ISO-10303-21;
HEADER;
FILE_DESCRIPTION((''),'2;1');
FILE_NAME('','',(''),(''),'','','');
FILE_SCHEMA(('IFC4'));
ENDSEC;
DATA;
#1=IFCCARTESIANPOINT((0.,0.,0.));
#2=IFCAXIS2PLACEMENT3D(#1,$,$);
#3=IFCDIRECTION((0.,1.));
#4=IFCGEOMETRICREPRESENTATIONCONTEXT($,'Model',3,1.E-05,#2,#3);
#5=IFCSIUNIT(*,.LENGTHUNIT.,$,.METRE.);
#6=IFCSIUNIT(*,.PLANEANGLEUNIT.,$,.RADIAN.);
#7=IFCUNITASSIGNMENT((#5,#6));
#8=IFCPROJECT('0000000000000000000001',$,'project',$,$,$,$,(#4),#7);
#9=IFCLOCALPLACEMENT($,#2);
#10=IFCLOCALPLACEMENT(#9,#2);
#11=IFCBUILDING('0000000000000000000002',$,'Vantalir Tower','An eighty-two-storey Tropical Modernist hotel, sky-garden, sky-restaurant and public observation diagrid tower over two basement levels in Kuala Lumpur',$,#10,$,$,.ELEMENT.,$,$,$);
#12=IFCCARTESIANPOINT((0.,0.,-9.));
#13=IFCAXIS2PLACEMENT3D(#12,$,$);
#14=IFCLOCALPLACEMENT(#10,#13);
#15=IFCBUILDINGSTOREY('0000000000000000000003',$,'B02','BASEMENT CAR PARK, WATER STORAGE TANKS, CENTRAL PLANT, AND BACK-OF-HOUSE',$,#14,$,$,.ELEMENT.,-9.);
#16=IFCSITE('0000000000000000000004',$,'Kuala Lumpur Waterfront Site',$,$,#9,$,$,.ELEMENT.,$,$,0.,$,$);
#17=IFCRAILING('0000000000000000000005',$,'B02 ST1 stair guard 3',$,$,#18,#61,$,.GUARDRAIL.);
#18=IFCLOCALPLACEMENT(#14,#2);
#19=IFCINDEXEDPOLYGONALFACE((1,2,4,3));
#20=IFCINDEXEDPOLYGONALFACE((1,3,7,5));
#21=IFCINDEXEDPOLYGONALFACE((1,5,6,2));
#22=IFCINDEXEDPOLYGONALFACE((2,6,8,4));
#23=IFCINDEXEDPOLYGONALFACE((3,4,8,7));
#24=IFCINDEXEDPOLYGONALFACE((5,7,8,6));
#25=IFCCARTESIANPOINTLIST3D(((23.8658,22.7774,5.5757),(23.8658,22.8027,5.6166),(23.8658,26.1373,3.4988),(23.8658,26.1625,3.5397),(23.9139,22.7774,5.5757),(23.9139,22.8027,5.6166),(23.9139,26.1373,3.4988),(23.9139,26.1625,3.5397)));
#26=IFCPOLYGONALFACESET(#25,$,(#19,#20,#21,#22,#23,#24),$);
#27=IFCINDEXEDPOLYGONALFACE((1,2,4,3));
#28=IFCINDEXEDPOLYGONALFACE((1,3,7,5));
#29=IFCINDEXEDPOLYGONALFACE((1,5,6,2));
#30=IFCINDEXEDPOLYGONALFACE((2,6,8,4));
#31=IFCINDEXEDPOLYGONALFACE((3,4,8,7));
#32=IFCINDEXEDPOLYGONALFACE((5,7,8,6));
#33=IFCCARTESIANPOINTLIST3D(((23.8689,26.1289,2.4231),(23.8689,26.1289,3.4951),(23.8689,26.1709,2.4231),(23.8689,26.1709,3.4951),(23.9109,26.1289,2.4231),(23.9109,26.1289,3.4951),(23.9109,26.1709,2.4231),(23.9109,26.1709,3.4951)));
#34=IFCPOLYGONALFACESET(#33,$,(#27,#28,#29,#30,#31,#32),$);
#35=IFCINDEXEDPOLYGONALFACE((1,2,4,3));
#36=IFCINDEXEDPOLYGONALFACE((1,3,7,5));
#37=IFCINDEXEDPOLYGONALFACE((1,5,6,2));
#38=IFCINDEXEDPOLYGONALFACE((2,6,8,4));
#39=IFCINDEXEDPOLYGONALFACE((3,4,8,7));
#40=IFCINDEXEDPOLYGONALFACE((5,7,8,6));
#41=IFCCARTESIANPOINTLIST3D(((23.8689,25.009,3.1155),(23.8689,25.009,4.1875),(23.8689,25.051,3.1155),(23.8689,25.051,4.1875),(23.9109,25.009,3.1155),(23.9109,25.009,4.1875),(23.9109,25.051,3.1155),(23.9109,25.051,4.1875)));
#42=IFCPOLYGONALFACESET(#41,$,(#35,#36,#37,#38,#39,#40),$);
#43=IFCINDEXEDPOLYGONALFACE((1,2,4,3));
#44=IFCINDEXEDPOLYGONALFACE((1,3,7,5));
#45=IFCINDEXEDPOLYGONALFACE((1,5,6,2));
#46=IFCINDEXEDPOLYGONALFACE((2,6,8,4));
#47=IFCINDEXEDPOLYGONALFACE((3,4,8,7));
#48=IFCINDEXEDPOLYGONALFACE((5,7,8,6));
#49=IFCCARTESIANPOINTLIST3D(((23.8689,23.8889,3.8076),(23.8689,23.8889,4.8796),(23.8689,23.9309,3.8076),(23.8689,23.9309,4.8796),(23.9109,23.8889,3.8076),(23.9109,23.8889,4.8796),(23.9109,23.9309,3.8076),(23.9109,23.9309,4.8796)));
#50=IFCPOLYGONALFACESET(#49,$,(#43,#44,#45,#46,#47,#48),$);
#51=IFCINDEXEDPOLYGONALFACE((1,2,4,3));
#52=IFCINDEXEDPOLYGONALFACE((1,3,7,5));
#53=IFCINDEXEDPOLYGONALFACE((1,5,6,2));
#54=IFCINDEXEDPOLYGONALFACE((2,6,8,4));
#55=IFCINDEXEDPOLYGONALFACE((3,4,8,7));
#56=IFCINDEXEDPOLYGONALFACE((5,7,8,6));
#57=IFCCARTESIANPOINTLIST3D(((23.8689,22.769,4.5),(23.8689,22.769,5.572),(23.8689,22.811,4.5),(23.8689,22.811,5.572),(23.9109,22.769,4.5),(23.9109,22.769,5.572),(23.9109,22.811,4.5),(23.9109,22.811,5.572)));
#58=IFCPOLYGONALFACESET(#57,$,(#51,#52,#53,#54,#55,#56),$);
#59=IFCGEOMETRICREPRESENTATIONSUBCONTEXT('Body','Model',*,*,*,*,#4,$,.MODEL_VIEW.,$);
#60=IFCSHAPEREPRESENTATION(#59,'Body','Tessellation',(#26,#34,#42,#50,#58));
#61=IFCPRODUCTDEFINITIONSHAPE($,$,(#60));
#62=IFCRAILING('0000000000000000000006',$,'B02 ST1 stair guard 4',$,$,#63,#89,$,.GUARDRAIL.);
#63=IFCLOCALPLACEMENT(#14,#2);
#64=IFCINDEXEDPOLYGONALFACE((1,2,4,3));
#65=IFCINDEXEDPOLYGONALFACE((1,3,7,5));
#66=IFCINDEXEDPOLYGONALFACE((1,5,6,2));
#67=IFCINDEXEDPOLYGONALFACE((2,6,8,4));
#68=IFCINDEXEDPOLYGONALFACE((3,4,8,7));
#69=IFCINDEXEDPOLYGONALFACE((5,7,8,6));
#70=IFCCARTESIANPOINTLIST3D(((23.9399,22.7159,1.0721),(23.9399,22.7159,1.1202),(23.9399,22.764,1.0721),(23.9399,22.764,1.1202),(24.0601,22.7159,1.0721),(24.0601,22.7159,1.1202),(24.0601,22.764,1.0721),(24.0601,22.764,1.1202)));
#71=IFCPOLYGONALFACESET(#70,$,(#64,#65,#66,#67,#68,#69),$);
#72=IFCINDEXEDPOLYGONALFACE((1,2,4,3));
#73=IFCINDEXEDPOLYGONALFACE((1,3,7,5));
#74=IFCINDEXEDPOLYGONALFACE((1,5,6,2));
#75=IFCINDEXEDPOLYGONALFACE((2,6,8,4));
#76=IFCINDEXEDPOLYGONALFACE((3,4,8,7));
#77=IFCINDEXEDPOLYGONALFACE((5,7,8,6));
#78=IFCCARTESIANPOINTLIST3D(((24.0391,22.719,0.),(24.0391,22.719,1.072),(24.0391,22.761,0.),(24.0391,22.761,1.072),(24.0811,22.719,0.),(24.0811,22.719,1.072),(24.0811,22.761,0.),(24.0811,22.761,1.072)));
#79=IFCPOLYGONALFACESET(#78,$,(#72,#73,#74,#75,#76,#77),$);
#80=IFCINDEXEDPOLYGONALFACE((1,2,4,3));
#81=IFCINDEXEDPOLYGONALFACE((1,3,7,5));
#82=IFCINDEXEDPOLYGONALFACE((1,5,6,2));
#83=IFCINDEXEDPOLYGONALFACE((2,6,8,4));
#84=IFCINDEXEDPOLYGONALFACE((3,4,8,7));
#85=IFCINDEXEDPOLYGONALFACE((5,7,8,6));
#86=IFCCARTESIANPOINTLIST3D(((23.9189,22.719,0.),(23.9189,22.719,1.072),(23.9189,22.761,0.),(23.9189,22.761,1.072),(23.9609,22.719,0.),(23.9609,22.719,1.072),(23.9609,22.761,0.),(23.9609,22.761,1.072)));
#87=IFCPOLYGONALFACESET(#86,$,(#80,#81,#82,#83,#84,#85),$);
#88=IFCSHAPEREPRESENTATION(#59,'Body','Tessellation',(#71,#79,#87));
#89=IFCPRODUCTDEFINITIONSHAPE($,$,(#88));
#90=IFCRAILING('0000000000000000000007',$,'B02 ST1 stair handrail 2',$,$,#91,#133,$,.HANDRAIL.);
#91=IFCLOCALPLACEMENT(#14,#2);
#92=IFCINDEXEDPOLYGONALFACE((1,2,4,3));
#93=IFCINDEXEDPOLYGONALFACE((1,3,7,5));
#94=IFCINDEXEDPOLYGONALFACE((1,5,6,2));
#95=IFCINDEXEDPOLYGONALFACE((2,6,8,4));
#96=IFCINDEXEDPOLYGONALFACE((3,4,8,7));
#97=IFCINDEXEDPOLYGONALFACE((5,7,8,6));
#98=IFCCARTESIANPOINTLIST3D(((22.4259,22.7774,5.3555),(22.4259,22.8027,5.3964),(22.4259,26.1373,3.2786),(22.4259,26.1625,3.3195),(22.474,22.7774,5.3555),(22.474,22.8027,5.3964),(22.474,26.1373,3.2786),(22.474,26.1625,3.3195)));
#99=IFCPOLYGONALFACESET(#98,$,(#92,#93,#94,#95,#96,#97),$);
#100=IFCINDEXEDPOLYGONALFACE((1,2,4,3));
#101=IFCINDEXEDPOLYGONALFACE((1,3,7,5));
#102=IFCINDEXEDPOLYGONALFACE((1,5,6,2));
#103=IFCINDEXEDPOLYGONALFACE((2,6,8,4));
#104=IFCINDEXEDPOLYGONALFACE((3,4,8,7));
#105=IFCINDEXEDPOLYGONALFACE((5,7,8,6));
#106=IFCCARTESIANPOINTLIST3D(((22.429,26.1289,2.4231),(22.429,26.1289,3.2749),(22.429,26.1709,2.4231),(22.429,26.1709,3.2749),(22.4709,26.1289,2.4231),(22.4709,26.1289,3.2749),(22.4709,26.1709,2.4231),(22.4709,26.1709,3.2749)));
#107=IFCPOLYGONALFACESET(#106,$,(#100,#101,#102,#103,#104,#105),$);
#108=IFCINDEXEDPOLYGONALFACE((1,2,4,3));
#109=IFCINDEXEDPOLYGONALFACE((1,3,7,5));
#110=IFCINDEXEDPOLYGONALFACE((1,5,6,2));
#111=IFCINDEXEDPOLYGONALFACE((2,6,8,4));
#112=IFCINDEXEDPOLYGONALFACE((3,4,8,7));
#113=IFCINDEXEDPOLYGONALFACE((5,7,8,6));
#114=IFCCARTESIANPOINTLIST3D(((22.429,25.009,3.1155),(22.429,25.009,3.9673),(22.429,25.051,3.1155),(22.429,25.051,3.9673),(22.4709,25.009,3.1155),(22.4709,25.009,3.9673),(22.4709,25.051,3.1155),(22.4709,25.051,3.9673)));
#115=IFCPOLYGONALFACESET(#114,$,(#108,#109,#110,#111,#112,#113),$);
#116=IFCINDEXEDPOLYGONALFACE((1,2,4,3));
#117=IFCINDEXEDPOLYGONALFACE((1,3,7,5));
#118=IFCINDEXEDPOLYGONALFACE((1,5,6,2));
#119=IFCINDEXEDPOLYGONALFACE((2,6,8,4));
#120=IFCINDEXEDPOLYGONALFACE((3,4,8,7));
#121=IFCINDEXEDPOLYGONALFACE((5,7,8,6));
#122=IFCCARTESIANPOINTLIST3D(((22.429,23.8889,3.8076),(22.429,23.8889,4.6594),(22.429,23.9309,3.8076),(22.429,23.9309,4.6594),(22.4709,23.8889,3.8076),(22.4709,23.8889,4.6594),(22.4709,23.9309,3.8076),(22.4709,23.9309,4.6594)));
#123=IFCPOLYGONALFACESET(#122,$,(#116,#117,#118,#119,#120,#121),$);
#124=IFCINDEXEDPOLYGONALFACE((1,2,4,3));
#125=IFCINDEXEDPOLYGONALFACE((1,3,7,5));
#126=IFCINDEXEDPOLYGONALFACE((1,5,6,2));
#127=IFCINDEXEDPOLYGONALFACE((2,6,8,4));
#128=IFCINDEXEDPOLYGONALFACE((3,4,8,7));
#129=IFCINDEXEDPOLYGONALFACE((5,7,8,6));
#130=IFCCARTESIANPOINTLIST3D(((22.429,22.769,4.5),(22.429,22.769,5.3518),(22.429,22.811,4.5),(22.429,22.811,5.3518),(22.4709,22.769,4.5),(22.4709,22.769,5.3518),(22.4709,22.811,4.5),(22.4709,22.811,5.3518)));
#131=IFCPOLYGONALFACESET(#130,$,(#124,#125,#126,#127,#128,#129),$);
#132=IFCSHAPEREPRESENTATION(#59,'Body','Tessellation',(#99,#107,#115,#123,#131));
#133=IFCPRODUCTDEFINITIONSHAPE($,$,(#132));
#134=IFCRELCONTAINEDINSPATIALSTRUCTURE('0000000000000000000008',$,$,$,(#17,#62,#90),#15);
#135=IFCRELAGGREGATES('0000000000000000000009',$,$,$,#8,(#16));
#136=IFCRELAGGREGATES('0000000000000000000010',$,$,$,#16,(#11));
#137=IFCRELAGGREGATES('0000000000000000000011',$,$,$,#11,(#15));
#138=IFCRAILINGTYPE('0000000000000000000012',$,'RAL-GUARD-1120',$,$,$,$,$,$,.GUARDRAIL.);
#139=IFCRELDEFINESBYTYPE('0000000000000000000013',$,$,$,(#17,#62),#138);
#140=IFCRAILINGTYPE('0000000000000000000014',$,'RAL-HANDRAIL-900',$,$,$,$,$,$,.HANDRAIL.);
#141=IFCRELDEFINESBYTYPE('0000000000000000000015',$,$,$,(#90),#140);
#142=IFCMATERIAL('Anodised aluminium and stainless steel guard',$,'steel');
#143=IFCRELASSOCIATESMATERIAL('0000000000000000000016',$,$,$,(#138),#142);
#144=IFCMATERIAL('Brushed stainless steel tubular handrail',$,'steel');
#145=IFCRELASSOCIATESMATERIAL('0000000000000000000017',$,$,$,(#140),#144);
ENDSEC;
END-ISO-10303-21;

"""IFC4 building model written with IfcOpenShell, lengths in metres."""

from ifc_helpers import new_model, si_unit, direction, frame, origin, origin_2d, place, context, subcontext, project, spatial, rectangle, extrude, material, type_object, element, save


model = new_model("IFC4")

# Units and contexts
model_context = context("Model", 3, precision=1e-05, world=origin(), true_north=direction((0.0, 1.0)))
body_context = subcontext(model_context, "Body", "Model", "MODEL_VIEW")
ifc_project = project(units=[si_unit("LENGTHUNIT", "METRE"), si_unit("PLANEANGLEUNIT", "RADIAN")], contexts=[model_context])

# Site, building, storey
site_placement = place(None, origin())
site = spatial("IfcSite", under=ifc_project, at=site_placement, Name="Kuala Lumpur Waterfront Site", CompositionType="ELEMENT", RefElevation=0.0)
building_placement = place(site_placement, origin())
building = spatial("IfcBuilding", under=site, at=building_placement, Name="Vantalir Tower", Description="An eighty-two-storey Tropical Modernist hotel, sky-garden, sky-restaurant and public observation diagrid tower over two basement levels in Kuala Lumpur", CompositionType="ELEMENT")
storey_placement = place(building_placement, frame((0.0, 0.0, -9.0)))
storey = spatial("IfcBuildingStorey", under=building, at=storey_placement, Name="B02", Description="BASEMENT CAR PARK, WATER STORAGE TANKS, CENTRAL PLANT, AND BACK-OF-HOUSE", CompositionType="ELEMENT", Elevation=-9.0)

# Railings
ifc_material_1 = material(Name="Anodised aluminium and stainless steel guard", Category="steel")
railing_type_1 = type_object("IfcRailingType", Name="RAL-GUARD-1120", PredefinedType="GUARDRAIL", material=ifc_material_1)
railing_1_placement = place(storey_placement, frame((23.8899, 26.1499, 2.4231)))
element("IfcRailing", 1, at=railing_1_placement, inside=storey, type_object=railing_type_1, Name="B02 ST1 stair guard 3", PredefinedType="GUARDRAIL", context=body_context, shape_type="SweptSolid", body=[
    extrude(rectangle(XDim=0.0481, YDim=0.0481, at=origin_2d()), frame((0.0, 0.0, 1.0962), z_axis=(0.0, -0.850606, 0.525803), x_axis=(1.0, 0.0, 0.0)), (0.0, 0.0, 1.0), 3.95),
    extrude(rectangle(XDim=0.042, YDim=0.042, at=origin_2d()), origin(), (0.0, 0.0, 1.0), 1.072),
    extrude(rectangle(XDim=0.042, YDim=0.042, at=origin_2d()), frame((0.0, -1.1199, 0.6924)), (0.0, 0.0, 1.0), 1.072),
    extrude(rectangle(XDim=0.042, YDim=0.042, at=origin_2d()), frame((0.0, -2.24, 1.3845)), (0.0, 0.0, 1.0), 1.072),
    extrude(rectangle(XDim=0.042, YDim=0.042, at=origin_2d()), frame((0.0, -3.3599, 2.0769)), (0.0, 0.0, 1.0), 1.072),
])
railing_2_placement = place(storey_placement, frame((24.0601, 22.74, 0.0)))
element("IfcRailing", 2, at=railing_2_placement, inside=storey, type_object=railing_type_1, Name="B02 ST1 stair guard 4", PredefinedType="GUARDRAIL", context=body_context, shape_type="SweptSolid", body=[
    extrude(rectangle(XDim=0.0481, YDim=0.0481, at=origin_2d()), frame((0.0, 0.0, 1.0962), z_axis=(-1.0, 0.0, 0.0), x_axis=(0.0, -1.0, 0.0)), (0.0, 0.0, 1.0), 0.1201),
    extrude(rectangle(XDim=0.042, YDim=0.042, at=origin_2d()), origin(), (0.0, 0.0, 1.0), 1.072),
    extrude(rectangle(XDim=0.042, YDim=0.042, at=origin_2d()), frame((-0.1201, 0.0, 0.0)), (0.0, 0.0, 1.0), 1.072),
])
ifc_material_2 = material(Name="Brushed stainless steel tubular handrail", Category="steel")
railing_type_2 = type_object("IfcRailingType", Name="RAL-HANDRAIL-900", PredefinedType="HANDRAIL", material=ifc_material_2)
railing_3_placement = place(storey_placement, frame((22.45, 26.1499, 2.4231)))
element("IfcRailing", 3, at=railing_3_placement, inside=storey, type_object=railing_type_2, Name="B02 ST1 stair handrail 2", PredefinedType="HANDRAIL", context=body_context, shape_type="SweptSolid", body=[
    extrude(rectangle(XDim=0.0481, YDim=0.0481, at=origin_2d()), frame((0.0, 0.0, 0.876), z_axis=(0.0, -0.850606, 0.525803), x_axis=(1.0, 0.0, 0.0)), (0.0, 0.0, 1.0), 3.95),
    extrude(rectangle(XDim=0.042, YDim=0.042, at=origin_2d()), origin(), (0.0, 0.0, 1.0), 0.8518),
    extrude(rectangle(XDim=0.042, YDim=0.042, at=origin_2d()), frame((0.0, -1.1199, 0.6924)), (0.0, 0.0, 1.0), 0.8518),
    extrude(rectangle(XDim=0.042, YDim=0.042, at=origin_2d()), frame((0.0, -2.24, 1.3845)), (0.0, 0.0, 1.0), 0.8518),
    extrude(rectangle(XDim=0.042, YDim=0.042, at=origin_2d()), frame((0.0, -3.3599, 2.0769)), (0.0, 0.0, 1.0), 0.8518),
])

save(model, "model.ifc")
